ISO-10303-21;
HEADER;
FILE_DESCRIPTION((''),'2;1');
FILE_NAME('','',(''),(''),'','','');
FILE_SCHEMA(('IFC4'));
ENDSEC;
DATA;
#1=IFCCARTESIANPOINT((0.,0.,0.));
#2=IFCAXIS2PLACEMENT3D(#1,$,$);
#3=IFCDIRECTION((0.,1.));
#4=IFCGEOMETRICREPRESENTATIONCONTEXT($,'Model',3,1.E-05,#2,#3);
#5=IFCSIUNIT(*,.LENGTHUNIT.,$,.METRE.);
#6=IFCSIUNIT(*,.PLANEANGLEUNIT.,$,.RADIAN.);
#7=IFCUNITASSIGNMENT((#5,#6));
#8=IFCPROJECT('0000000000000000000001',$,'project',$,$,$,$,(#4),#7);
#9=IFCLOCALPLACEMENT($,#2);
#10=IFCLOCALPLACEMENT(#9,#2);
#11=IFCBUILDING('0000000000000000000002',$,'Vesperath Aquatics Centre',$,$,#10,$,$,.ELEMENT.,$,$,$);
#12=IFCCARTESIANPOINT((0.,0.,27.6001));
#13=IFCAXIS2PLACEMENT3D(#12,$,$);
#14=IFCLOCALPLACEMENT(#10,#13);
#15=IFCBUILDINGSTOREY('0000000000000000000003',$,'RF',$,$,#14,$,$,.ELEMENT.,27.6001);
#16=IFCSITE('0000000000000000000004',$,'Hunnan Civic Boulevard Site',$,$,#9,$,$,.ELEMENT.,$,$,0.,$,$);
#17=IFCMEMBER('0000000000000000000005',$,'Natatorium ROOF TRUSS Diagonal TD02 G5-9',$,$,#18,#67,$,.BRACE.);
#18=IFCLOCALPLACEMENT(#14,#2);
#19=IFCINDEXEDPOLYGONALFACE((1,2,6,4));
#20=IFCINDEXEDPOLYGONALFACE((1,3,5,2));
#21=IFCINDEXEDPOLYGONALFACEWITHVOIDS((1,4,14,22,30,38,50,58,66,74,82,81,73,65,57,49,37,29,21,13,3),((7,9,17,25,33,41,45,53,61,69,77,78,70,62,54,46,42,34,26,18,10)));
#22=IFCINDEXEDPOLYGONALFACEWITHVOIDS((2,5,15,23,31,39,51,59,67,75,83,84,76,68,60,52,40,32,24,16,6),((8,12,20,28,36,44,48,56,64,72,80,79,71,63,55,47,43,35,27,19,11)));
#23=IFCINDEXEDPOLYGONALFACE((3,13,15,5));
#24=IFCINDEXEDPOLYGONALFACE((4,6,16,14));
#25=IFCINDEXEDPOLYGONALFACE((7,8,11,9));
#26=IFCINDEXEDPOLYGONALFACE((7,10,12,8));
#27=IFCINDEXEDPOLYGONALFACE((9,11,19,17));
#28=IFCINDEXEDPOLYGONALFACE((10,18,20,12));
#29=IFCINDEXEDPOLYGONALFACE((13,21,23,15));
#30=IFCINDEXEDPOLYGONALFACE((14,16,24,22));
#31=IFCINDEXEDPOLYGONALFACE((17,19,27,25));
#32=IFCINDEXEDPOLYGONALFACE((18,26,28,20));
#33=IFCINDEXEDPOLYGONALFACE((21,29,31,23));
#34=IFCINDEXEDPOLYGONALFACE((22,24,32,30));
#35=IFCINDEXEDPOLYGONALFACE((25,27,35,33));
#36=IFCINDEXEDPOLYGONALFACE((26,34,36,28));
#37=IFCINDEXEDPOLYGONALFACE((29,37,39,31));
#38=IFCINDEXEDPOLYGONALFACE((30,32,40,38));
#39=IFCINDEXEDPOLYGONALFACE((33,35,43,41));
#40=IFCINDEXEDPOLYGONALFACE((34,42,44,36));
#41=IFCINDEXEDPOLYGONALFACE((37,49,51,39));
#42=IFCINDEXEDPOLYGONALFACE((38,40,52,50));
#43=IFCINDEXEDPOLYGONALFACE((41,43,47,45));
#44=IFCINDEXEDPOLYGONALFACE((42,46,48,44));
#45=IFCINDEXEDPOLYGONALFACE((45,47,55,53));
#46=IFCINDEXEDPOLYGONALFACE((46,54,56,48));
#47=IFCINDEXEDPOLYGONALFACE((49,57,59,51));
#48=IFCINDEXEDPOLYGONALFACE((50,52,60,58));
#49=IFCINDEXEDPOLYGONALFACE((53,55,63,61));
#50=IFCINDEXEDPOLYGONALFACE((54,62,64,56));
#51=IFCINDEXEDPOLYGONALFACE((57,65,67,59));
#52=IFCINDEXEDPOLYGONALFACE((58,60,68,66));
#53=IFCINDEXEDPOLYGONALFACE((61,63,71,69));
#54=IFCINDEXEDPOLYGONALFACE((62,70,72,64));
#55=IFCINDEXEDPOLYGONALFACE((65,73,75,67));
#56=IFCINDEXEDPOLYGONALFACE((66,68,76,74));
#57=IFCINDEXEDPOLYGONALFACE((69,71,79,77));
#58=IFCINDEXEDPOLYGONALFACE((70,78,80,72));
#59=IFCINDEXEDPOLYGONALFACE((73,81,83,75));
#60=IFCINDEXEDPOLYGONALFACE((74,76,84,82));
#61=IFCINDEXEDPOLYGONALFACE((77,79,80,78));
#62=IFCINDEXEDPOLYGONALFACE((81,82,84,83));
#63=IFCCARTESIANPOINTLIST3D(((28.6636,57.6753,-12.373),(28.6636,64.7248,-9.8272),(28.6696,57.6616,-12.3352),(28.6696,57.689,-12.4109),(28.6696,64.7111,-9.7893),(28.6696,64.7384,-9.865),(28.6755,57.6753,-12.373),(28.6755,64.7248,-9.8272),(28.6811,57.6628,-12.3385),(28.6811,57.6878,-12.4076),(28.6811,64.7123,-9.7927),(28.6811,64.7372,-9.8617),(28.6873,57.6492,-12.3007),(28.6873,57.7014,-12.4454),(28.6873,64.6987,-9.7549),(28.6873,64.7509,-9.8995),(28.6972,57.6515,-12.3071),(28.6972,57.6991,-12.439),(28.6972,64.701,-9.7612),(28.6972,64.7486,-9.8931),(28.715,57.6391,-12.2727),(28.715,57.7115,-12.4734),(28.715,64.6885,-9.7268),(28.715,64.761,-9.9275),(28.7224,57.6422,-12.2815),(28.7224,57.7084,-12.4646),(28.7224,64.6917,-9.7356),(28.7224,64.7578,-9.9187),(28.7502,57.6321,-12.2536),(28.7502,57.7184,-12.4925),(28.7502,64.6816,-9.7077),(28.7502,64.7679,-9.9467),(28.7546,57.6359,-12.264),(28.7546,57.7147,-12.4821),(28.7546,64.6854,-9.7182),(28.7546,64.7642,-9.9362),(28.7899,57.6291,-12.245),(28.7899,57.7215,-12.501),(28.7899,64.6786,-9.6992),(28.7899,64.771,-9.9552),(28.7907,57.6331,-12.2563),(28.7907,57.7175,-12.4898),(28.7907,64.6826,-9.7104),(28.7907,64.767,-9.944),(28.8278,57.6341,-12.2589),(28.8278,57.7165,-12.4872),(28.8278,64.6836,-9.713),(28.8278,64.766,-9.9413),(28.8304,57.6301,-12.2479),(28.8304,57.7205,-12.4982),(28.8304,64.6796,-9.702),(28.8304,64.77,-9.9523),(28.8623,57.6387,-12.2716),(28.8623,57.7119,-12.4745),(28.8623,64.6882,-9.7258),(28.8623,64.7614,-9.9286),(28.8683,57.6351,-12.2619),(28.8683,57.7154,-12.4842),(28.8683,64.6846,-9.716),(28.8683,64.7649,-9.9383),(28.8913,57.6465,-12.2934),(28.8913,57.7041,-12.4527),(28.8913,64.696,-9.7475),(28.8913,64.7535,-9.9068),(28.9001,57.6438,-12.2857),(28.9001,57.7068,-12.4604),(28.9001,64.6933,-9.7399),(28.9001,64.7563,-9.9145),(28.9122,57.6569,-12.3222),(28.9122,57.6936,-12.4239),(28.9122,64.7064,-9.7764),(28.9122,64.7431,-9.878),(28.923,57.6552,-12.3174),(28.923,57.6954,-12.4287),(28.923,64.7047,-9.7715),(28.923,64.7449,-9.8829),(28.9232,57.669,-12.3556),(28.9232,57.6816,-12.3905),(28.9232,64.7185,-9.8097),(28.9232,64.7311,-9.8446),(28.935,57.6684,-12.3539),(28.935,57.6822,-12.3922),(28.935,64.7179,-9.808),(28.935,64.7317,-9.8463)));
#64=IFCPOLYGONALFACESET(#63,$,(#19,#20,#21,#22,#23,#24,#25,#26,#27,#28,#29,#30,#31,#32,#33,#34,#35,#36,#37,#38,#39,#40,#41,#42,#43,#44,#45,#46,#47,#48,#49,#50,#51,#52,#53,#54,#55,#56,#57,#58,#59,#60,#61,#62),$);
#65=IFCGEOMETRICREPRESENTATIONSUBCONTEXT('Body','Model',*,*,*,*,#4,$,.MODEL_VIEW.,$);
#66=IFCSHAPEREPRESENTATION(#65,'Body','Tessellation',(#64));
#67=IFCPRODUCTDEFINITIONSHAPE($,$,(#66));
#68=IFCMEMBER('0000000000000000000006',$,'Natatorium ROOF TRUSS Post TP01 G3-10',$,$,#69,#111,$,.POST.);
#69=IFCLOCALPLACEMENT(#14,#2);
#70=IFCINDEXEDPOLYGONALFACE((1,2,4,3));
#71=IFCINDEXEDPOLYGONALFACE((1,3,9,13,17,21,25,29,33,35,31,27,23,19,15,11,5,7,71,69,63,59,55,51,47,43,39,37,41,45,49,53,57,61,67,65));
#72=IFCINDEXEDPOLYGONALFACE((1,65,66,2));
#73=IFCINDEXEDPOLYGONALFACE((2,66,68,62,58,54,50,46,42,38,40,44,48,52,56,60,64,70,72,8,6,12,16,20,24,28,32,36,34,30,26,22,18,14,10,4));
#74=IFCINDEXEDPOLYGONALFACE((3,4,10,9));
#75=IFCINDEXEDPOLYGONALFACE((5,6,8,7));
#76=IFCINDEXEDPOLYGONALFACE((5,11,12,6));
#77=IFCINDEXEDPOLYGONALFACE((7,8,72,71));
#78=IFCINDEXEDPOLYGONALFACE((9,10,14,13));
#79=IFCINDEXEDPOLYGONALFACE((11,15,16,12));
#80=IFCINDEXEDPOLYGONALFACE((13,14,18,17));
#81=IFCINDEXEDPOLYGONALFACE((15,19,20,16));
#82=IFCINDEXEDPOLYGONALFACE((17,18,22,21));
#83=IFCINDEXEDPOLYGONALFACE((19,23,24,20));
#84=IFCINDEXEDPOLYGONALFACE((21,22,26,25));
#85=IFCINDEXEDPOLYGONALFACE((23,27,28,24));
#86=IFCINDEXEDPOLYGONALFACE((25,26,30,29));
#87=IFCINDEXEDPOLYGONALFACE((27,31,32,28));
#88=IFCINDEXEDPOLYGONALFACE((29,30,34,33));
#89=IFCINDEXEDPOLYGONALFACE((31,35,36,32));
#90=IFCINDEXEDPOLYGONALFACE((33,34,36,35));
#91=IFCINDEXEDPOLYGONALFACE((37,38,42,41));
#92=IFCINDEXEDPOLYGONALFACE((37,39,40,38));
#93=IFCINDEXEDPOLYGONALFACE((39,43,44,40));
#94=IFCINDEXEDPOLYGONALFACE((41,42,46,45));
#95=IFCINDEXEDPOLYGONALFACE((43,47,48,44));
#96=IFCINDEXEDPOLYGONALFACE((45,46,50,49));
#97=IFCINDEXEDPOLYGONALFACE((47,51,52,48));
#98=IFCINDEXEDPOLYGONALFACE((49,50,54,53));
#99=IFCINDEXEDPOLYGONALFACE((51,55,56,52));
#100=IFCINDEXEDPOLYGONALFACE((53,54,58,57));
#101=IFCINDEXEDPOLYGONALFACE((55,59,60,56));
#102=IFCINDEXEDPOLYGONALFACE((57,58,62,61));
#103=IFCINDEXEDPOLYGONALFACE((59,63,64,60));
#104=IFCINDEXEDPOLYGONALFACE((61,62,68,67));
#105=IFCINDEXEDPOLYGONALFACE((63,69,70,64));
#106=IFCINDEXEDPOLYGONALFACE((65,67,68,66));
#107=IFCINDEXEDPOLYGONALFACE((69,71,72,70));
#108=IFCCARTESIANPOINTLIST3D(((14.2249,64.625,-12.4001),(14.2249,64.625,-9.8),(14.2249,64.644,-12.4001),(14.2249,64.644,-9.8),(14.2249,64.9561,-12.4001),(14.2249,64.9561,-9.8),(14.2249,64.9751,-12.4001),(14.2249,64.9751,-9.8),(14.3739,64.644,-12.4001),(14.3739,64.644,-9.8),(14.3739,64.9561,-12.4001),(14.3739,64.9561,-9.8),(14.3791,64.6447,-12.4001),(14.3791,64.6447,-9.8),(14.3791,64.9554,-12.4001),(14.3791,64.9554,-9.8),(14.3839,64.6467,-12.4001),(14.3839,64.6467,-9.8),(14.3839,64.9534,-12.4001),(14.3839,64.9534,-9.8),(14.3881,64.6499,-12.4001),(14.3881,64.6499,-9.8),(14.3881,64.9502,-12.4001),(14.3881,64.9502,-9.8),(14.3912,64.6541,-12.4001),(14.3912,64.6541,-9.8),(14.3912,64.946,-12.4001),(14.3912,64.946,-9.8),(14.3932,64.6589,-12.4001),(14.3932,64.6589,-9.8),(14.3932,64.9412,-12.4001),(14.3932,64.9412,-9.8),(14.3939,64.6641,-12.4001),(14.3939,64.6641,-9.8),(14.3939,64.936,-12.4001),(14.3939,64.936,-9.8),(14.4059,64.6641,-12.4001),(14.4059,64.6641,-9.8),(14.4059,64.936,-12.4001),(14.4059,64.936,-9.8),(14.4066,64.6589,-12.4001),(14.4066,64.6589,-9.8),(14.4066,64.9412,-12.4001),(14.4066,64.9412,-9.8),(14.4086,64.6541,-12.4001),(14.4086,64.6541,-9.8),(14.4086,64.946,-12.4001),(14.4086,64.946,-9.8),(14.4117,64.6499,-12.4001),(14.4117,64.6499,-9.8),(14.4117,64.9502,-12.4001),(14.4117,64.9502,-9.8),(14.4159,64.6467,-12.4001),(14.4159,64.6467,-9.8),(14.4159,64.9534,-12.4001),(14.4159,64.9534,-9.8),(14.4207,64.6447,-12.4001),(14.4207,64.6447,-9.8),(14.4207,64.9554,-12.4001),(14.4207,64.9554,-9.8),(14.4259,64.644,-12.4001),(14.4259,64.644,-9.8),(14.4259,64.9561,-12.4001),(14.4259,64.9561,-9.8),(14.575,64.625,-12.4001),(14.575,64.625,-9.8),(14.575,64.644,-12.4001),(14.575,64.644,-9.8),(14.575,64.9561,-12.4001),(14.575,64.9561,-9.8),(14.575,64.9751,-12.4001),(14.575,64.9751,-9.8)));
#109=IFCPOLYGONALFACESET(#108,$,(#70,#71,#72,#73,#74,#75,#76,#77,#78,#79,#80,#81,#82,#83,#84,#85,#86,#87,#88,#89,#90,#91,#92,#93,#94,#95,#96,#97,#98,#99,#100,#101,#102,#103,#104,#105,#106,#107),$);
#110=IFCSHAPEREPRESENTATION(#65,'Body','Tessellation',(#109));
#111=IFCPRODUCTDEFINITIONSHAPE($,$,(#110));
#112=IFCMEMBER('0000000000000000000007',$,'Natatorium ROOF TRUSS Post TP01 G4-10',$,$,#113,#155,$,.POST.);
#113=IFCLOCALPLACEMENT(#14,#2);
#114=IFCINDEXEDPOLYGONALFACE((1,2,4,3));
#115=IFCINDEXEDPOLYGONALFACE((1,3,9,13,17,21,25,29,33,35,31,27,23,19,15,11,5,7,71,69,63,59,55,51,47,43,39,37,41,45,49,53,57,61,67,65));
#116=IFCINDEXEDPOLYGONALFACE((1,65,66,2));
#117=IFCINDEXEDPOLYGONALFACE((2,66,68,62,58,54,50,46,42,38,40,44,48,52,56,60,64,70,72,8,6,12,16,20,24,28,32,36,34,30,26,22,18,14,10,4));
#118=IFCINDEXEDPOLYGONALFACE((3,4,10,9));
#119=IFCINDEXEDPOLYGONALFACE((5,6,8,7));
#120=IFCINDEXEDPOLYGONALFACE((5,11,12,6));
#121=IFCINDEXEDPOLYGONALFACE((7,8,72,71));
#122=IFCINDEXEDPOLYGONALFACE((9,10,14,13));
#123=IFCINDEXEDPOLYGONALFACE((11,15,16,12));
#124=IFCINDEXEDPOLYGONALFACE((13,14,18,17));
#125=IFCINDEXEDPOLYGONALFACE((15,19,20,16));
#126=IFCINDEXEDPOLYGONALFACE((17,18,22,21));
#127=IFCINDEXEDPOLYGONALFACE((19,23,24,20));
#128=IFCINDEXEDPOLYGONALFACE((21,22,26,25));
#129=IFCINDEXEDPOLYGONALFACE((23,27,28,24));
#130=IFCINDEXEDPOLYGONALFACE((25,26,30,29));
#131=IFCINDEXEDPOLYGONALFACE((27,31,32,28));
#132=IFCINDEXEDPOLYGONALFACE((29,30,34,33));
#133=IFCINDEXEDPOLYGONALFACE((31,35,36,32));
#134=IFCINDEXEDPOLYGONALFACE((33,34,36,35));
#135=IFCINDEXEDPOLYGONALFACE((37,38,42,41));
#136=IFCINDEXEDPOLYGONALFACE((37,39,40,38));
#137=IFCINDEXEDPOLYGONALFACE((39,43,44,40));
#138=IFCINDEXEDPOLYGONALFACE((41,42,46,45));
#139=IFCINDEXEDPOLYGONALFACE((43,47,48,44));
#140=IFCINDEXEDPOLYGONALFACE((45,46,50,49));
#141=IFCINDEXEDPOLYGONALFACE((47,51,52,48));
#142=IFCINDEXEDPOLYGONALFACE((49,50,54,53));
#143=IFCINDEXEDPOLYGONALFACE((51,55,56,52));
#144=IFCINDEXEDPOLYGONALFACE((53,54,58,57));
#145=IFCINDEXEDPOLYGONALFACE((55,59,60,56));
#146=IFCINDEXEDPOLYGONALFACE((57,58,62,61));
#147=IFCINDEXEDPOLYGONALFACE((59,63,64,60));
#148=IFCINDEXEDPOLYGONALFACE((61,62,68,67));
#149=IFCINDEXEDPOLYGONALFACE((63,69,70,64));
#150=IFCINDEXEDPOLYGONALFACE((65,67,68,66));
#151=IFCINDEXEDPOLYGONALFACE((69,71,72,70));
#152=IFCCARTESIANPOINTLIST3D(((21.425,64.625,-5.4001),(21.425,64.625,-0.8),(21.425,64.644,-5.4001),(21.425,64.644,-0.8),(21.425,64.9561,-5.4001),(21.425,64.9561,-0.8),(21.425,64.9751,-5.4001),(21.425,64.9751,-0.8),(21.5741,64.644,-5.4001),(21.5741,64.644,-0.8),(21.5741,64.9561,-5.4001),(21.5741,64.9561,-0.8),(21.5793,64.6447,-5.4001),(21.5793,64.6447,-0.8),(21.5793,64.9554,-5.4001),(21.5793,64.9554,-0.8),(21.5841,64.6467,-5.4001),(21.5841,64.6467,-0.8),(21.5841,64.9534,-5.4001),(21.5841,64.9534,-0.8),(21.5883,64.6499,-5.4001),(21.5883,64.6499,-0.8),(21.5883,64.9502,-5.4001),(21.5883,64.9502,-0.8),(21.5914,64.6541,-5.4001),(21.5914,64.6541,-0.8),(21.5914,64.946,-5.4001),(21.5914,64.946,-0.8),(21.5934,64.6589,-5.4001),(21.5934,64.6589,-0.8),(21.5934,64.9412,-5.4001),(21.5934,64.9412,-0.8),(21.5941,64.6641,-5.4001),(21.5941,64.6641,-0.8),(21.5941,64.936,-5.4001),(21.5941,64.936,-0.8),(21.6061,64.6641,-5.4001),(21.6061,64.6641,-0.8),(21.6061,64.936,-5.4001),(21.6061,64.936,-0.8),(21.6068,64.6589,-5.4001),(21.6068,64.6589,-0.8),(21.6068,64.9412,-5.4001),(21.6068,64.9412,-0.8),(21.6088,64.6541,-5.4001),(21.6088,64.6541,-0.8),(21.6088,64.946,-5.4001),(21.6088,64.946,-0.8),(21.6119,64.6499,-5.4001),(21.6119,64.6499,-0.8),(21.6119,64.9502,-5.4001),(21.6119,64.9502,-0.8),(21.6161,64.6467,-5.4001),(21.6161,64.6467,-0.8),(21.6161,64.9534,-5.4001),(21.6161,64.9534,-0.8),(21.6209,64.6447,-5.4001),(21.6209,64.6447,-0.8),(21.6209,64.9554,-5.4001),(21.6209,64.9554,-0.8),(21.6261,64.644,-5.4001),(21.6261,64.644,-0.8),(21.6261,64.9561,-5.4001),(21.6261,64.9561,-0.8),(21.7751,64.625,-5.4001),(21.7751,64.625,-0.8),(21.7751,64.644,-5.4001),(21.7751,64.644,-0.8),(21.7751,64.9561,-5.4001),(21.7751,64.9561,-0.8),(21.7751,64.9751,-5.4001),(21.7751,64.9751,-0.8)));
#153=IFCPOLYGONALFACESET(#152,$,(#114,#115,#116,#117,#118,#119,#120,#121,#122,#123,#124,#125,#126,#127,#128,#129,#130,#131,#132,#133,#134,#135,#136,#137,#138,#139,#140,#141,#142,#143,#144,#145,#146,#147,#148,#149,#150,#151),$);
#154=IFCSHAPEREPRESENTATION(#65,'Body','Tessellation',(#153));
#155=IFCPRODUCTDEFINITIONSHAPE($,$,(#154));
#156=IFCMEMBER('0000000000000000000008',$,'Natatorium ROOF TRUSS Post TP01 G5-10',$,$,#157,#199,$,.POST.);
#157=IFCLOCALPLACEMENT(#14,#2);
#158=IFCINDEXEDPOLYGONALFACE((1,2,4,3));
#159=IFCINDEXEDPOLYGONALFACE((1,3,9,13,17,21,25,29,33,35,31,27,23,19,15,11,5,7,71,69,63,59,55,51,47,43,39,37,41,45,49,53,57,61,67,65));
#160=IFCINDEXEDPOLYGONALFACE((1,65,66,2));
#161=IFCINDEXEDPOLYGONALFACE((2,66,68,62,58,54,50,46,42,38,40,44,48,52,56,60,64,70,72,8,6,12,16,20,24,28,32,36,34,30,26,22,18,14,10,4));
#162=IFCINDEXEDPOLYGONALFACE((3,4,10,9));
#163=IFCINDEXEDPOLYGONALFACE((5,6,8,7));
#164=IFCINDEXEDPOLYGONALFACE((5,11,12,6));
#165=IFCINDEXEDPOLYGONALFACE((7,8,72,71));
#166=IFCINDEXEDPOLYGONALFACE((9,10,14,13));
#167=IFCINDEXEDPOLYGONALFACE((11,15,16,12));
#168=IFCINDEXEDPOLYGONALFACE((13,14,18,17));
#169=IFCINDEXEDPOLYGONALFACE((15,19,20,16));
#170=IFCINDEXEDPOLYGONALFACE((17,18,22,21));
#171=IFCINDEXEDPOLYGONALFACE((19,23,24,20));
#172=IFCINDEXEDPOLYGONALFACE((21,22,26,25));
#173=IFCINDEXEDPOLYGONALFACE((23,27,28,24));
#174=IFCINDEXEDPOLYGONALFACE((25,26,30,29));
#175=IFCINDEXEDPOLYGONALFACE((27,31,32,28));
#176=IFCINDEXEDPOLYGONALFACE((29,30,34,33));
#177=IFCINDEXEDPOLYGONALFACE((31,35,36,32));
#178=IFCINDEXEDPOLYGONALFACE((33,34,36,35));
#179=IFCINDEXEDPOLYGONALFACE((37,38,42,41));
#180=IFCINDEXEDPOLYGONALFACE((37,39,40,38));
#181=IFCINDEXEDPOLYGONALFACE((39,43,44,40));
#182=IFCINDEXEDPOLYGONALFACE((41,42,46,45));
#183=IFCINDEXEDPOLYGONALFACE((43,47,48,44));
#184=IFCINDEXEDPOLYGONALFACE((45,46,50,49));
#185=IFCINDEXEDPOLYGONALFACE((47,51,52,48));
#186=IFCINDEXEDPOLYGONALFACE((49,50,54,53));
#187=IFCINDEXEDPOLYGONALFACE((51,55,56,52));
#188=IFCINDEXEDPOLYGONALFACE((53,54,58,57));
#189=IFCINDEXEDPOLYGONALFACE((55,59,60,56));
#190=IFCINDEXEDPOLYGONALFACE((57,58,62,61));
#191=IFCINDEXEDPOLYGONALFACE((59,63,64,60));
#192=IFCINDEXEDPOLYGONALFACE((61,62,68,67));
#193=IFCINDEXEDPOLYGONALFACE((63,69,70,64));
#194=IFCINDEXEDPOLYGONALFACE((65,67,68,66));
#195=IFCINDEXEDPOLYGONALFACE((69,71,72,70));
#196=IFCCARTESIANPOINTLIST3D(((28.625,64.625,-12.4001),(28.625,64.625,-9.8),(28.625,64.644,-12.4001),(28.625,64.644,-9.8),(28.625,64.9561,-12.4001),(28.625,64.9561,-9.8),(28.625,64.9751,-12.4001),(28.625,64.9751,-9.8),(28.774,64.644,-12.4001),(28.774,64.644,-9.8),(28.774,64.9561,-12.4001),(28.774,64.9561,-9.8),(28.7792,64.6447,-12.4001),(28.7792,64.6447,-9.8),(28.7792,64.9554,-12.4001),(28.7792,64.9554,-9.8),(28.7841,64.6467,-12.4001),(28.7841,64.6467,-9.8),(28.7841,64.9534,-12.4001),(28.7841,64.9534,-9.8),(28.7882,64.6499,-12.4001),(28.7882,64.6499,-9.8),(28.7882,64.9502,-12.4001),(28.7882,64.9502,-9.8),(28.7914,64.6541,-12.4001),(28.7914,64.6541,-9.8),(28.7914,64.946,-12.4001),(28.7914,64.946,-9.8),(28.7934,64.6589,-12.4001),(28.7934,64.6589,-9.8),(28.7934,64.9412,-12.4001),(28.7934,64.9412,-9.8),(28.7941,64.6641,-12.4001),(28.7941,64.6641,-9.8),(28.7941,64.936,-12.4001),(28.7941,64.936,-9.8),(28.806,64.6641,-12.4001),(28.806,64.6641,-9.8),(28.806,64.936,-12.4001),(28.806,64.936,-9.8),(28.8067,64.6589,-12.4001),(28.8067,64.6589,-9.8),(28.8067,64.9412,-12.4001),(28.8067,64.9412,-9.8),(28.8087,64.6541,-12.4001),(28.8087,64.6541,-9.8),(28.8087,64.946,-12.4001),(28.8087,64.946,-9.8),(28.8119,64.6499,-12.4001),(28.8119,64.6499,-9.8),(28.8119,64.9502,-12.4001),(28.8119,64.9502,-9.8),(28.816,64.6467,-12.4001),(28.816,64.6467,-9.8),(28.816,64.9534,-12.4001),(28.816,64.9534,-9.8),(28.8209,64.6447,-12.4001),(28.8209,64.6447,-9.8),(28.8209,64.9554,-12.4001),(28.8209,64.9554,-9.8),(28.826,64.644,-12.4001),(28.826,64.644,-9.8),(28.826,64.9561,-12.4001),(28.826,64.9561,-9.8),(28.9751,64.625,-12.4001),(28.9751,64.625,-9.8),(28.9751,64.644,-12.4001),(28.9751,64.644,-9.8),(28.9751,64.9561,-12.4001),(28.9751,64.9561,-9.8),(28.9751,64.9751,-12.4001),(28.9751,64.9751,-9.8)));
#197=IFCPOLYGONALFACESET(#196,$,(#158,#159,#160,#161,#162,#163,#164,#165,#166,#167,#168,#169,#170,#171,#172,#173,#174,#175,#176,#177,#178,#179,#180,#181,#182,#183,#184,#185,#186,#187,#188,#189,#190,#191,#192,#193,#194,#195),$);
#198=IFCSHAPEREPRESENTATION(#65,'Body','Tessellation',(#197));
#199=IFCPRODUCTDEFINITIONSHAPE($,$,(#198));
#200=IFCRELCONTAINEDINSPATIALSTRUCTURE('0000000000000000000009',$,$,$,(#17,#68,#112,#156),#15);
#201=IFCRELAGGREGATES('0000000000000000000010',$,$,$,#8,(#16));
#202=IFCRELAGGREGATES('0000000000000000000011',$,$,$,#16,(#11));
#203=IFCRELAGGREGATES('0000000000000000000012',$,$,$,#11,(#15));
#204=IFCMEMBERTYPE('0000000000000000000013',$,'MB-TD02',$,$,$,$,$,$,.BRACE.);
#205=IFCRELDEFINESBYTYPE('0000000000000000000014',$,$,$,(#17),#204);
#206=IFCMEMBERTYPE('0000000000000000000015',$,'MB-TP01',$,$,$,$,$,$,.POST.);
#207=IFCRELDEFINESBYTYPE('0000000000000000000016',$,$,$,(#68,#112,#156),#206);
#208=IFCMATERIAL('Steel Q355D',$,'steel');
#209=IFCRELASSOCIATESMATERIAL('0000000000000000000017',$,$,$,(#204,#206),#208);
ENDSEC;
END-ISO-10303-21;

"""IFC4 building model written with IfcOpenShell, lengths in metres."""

from ifc_helpers import new_model, si_unit, direction, frame, origin, origin_2d, place, context, subcontext, project, spatial, hollow_circle, i_section, extrude, material, material_profile, profile_set, type_object, element, save


model = new_model("IFC4")

# Units and contexts
model_context = context("Model", 3, precision=1e-05, world=origin(), true_north=direction((0.0, 1.0)))
body_context = subcontext(model_context, "Body", "Model", "MODEL_VIEW")
ifc_project = project(units=[si_unit("LENGTHUNIT", "METRE"), si_unit("PLANEANGLEUNIT", "RADIAN")], contexts=[model_context])

# Site, building, storey
site_placement = place(None, origin())
site = spatial("IfcSite", under=ifc_project, at=site_placement, Name="Hunnan Civic Boulevard Site", CompositionType="ELEMENT", RefElevation=0.0)
building_placement = place(site_placement, origin())
building = spatial("IfcBuilding", under=site, at=building_placement, Name="Vesperath Aquatics Centre", CompositionType="ELEMENT")
storey_placement = place(building_placement, frame((0.0, 0.0, 27.6001)))
storey = spatial("IfcBuildingStorey", under=building, at=storey_placement, Name="RF", CompositionType="ELEMENT", Elevation=27.6001)

# Members
ifc_material_1 = material(Name="Steel Q355D", Category="steel")
ifc_material_profile_1 = material_profile(ifc_material_1, hollow_circle(Radius=0.1365, WallThickness=0.012, at=origin_2d()), Name="CHS 273.0x12")
ifc_profile_set_1 = profile_set([ifc_material_profile_1], Name="Steel Q355D")
member_type_1 = type_object("IfcMemberType", Name="MB-TD02", PredefinedType="BRACE", material=ifc_profile_set_1)
for number, where, z_axis, x_axis, name in (
    (1, (28.8, 57.6753, -12.373), (0.0, 0.940544, 0.339671), (-1.0, 0.0, 0.0), "Natatorium ROOF TRUSS Diagonal TD02 G5-9"),
):
    element("IfcMember", number, at=place(storey_placement, frame(where, z_axis=z_axis, x_axis=x_axis)), inside=storey, type_object=member_type_1, Name=name, PredefinedType="BRACE", context=body_context, shape_type="SweptSolid", body=[
        extrude(hollow_circle(Radius=0.1365, WallThickness=0.012, at=origin_2d()), origin(), (0.0, 0.0, 1.0), 7.4951),
    ])
ifc_material_profile_2 = material_profile(ifc_material_1, i_section(OverallWidth=0.3501, OverallDepth=0.3501, WebThickness=0.012, FlangeThickness=0.019, FilletRadius=0.02, at=origin_2d()), Name="HW 350x350x12x19")
ifc_profile_set_2 = profile_set([ifc_material_profile_2], Name="Steel Q355D")
member_type_2 = type_object("IfcMemberType", Name="MB-TP01", PredefinedType="POST", material=ifc_profile_set_2)
member_1_placement = place(storey_placement, frame((14.3999, 64.8, -12.4001), z_axis=(0.0, 0.0, 1.0), x_axis=(1.0, 0.0, 0.0)))
element("IfcMember", 2, at=member_1_placement, inside=storey, type_object=member_type_2, Name="Natatorium ROOF TRUSS Post TP01 G3-10", PredefinedType="POST", context=body_context, shape_type="SweptSolid", body=[
    extrude(i_section(OverallWidth=0.3501, OverallDepth=0.3501, WebThickness=0.012, FlangeThickness=0.019, FilletRadius=0.02, at=origin_2d()), origin(), (0.0, 0.0, 1.0), 2.6001),
])
member_2_placement = place(storey_placement, frame((21.6001, 64.8, -5.4001), z_axis=(0.0, 0.0, 1.0), x_axis=(1.0, 0.0, 0.0)))
element("IfcMember", 3, at=member_2_placement, inside=storey, type_object=member_type_2, Name="Natatorium ROOF TRUSS Post TP01 G4-10", PredefinedType="POST", context=body_context, shape_type="SweptSolid", body=[
    extrude(i_section(OverallWidth=0.3501, OverallDepth=0.3501, WebThickness=0.012, FlangeThickness=0.019, FilletRadius=0.02, at=origin_2d()), origin(), (0.0, 0.0, 1.0), 4.6001),
])
member_3_placement = place(storey_placement, frame((28.8, 64.8, -12.4001), z_axis=(0.0, 0.0, 1.0), x_axis=(1.0, 0.0, 0.0)))
element("IfcMember", 4, at=member_3_placement, inside=storey, type_object=member_type_2, Name="Natatorium ROOF TRUSS Post TP01 G5-10", PredefinedType="POST", context=body_context, shape_type="SweptSolid", body=[
    extrude(i_section(OverallWidth=0.3501, OverallDepth=0.3501, WebThickness=0.012, FlangeThickness=0.019, FilletRadius=0.02, at=origin_2d()), origin(), (0.0, 0.0, 1.0), 2.6001),
])

save(model, "model.ifc")
